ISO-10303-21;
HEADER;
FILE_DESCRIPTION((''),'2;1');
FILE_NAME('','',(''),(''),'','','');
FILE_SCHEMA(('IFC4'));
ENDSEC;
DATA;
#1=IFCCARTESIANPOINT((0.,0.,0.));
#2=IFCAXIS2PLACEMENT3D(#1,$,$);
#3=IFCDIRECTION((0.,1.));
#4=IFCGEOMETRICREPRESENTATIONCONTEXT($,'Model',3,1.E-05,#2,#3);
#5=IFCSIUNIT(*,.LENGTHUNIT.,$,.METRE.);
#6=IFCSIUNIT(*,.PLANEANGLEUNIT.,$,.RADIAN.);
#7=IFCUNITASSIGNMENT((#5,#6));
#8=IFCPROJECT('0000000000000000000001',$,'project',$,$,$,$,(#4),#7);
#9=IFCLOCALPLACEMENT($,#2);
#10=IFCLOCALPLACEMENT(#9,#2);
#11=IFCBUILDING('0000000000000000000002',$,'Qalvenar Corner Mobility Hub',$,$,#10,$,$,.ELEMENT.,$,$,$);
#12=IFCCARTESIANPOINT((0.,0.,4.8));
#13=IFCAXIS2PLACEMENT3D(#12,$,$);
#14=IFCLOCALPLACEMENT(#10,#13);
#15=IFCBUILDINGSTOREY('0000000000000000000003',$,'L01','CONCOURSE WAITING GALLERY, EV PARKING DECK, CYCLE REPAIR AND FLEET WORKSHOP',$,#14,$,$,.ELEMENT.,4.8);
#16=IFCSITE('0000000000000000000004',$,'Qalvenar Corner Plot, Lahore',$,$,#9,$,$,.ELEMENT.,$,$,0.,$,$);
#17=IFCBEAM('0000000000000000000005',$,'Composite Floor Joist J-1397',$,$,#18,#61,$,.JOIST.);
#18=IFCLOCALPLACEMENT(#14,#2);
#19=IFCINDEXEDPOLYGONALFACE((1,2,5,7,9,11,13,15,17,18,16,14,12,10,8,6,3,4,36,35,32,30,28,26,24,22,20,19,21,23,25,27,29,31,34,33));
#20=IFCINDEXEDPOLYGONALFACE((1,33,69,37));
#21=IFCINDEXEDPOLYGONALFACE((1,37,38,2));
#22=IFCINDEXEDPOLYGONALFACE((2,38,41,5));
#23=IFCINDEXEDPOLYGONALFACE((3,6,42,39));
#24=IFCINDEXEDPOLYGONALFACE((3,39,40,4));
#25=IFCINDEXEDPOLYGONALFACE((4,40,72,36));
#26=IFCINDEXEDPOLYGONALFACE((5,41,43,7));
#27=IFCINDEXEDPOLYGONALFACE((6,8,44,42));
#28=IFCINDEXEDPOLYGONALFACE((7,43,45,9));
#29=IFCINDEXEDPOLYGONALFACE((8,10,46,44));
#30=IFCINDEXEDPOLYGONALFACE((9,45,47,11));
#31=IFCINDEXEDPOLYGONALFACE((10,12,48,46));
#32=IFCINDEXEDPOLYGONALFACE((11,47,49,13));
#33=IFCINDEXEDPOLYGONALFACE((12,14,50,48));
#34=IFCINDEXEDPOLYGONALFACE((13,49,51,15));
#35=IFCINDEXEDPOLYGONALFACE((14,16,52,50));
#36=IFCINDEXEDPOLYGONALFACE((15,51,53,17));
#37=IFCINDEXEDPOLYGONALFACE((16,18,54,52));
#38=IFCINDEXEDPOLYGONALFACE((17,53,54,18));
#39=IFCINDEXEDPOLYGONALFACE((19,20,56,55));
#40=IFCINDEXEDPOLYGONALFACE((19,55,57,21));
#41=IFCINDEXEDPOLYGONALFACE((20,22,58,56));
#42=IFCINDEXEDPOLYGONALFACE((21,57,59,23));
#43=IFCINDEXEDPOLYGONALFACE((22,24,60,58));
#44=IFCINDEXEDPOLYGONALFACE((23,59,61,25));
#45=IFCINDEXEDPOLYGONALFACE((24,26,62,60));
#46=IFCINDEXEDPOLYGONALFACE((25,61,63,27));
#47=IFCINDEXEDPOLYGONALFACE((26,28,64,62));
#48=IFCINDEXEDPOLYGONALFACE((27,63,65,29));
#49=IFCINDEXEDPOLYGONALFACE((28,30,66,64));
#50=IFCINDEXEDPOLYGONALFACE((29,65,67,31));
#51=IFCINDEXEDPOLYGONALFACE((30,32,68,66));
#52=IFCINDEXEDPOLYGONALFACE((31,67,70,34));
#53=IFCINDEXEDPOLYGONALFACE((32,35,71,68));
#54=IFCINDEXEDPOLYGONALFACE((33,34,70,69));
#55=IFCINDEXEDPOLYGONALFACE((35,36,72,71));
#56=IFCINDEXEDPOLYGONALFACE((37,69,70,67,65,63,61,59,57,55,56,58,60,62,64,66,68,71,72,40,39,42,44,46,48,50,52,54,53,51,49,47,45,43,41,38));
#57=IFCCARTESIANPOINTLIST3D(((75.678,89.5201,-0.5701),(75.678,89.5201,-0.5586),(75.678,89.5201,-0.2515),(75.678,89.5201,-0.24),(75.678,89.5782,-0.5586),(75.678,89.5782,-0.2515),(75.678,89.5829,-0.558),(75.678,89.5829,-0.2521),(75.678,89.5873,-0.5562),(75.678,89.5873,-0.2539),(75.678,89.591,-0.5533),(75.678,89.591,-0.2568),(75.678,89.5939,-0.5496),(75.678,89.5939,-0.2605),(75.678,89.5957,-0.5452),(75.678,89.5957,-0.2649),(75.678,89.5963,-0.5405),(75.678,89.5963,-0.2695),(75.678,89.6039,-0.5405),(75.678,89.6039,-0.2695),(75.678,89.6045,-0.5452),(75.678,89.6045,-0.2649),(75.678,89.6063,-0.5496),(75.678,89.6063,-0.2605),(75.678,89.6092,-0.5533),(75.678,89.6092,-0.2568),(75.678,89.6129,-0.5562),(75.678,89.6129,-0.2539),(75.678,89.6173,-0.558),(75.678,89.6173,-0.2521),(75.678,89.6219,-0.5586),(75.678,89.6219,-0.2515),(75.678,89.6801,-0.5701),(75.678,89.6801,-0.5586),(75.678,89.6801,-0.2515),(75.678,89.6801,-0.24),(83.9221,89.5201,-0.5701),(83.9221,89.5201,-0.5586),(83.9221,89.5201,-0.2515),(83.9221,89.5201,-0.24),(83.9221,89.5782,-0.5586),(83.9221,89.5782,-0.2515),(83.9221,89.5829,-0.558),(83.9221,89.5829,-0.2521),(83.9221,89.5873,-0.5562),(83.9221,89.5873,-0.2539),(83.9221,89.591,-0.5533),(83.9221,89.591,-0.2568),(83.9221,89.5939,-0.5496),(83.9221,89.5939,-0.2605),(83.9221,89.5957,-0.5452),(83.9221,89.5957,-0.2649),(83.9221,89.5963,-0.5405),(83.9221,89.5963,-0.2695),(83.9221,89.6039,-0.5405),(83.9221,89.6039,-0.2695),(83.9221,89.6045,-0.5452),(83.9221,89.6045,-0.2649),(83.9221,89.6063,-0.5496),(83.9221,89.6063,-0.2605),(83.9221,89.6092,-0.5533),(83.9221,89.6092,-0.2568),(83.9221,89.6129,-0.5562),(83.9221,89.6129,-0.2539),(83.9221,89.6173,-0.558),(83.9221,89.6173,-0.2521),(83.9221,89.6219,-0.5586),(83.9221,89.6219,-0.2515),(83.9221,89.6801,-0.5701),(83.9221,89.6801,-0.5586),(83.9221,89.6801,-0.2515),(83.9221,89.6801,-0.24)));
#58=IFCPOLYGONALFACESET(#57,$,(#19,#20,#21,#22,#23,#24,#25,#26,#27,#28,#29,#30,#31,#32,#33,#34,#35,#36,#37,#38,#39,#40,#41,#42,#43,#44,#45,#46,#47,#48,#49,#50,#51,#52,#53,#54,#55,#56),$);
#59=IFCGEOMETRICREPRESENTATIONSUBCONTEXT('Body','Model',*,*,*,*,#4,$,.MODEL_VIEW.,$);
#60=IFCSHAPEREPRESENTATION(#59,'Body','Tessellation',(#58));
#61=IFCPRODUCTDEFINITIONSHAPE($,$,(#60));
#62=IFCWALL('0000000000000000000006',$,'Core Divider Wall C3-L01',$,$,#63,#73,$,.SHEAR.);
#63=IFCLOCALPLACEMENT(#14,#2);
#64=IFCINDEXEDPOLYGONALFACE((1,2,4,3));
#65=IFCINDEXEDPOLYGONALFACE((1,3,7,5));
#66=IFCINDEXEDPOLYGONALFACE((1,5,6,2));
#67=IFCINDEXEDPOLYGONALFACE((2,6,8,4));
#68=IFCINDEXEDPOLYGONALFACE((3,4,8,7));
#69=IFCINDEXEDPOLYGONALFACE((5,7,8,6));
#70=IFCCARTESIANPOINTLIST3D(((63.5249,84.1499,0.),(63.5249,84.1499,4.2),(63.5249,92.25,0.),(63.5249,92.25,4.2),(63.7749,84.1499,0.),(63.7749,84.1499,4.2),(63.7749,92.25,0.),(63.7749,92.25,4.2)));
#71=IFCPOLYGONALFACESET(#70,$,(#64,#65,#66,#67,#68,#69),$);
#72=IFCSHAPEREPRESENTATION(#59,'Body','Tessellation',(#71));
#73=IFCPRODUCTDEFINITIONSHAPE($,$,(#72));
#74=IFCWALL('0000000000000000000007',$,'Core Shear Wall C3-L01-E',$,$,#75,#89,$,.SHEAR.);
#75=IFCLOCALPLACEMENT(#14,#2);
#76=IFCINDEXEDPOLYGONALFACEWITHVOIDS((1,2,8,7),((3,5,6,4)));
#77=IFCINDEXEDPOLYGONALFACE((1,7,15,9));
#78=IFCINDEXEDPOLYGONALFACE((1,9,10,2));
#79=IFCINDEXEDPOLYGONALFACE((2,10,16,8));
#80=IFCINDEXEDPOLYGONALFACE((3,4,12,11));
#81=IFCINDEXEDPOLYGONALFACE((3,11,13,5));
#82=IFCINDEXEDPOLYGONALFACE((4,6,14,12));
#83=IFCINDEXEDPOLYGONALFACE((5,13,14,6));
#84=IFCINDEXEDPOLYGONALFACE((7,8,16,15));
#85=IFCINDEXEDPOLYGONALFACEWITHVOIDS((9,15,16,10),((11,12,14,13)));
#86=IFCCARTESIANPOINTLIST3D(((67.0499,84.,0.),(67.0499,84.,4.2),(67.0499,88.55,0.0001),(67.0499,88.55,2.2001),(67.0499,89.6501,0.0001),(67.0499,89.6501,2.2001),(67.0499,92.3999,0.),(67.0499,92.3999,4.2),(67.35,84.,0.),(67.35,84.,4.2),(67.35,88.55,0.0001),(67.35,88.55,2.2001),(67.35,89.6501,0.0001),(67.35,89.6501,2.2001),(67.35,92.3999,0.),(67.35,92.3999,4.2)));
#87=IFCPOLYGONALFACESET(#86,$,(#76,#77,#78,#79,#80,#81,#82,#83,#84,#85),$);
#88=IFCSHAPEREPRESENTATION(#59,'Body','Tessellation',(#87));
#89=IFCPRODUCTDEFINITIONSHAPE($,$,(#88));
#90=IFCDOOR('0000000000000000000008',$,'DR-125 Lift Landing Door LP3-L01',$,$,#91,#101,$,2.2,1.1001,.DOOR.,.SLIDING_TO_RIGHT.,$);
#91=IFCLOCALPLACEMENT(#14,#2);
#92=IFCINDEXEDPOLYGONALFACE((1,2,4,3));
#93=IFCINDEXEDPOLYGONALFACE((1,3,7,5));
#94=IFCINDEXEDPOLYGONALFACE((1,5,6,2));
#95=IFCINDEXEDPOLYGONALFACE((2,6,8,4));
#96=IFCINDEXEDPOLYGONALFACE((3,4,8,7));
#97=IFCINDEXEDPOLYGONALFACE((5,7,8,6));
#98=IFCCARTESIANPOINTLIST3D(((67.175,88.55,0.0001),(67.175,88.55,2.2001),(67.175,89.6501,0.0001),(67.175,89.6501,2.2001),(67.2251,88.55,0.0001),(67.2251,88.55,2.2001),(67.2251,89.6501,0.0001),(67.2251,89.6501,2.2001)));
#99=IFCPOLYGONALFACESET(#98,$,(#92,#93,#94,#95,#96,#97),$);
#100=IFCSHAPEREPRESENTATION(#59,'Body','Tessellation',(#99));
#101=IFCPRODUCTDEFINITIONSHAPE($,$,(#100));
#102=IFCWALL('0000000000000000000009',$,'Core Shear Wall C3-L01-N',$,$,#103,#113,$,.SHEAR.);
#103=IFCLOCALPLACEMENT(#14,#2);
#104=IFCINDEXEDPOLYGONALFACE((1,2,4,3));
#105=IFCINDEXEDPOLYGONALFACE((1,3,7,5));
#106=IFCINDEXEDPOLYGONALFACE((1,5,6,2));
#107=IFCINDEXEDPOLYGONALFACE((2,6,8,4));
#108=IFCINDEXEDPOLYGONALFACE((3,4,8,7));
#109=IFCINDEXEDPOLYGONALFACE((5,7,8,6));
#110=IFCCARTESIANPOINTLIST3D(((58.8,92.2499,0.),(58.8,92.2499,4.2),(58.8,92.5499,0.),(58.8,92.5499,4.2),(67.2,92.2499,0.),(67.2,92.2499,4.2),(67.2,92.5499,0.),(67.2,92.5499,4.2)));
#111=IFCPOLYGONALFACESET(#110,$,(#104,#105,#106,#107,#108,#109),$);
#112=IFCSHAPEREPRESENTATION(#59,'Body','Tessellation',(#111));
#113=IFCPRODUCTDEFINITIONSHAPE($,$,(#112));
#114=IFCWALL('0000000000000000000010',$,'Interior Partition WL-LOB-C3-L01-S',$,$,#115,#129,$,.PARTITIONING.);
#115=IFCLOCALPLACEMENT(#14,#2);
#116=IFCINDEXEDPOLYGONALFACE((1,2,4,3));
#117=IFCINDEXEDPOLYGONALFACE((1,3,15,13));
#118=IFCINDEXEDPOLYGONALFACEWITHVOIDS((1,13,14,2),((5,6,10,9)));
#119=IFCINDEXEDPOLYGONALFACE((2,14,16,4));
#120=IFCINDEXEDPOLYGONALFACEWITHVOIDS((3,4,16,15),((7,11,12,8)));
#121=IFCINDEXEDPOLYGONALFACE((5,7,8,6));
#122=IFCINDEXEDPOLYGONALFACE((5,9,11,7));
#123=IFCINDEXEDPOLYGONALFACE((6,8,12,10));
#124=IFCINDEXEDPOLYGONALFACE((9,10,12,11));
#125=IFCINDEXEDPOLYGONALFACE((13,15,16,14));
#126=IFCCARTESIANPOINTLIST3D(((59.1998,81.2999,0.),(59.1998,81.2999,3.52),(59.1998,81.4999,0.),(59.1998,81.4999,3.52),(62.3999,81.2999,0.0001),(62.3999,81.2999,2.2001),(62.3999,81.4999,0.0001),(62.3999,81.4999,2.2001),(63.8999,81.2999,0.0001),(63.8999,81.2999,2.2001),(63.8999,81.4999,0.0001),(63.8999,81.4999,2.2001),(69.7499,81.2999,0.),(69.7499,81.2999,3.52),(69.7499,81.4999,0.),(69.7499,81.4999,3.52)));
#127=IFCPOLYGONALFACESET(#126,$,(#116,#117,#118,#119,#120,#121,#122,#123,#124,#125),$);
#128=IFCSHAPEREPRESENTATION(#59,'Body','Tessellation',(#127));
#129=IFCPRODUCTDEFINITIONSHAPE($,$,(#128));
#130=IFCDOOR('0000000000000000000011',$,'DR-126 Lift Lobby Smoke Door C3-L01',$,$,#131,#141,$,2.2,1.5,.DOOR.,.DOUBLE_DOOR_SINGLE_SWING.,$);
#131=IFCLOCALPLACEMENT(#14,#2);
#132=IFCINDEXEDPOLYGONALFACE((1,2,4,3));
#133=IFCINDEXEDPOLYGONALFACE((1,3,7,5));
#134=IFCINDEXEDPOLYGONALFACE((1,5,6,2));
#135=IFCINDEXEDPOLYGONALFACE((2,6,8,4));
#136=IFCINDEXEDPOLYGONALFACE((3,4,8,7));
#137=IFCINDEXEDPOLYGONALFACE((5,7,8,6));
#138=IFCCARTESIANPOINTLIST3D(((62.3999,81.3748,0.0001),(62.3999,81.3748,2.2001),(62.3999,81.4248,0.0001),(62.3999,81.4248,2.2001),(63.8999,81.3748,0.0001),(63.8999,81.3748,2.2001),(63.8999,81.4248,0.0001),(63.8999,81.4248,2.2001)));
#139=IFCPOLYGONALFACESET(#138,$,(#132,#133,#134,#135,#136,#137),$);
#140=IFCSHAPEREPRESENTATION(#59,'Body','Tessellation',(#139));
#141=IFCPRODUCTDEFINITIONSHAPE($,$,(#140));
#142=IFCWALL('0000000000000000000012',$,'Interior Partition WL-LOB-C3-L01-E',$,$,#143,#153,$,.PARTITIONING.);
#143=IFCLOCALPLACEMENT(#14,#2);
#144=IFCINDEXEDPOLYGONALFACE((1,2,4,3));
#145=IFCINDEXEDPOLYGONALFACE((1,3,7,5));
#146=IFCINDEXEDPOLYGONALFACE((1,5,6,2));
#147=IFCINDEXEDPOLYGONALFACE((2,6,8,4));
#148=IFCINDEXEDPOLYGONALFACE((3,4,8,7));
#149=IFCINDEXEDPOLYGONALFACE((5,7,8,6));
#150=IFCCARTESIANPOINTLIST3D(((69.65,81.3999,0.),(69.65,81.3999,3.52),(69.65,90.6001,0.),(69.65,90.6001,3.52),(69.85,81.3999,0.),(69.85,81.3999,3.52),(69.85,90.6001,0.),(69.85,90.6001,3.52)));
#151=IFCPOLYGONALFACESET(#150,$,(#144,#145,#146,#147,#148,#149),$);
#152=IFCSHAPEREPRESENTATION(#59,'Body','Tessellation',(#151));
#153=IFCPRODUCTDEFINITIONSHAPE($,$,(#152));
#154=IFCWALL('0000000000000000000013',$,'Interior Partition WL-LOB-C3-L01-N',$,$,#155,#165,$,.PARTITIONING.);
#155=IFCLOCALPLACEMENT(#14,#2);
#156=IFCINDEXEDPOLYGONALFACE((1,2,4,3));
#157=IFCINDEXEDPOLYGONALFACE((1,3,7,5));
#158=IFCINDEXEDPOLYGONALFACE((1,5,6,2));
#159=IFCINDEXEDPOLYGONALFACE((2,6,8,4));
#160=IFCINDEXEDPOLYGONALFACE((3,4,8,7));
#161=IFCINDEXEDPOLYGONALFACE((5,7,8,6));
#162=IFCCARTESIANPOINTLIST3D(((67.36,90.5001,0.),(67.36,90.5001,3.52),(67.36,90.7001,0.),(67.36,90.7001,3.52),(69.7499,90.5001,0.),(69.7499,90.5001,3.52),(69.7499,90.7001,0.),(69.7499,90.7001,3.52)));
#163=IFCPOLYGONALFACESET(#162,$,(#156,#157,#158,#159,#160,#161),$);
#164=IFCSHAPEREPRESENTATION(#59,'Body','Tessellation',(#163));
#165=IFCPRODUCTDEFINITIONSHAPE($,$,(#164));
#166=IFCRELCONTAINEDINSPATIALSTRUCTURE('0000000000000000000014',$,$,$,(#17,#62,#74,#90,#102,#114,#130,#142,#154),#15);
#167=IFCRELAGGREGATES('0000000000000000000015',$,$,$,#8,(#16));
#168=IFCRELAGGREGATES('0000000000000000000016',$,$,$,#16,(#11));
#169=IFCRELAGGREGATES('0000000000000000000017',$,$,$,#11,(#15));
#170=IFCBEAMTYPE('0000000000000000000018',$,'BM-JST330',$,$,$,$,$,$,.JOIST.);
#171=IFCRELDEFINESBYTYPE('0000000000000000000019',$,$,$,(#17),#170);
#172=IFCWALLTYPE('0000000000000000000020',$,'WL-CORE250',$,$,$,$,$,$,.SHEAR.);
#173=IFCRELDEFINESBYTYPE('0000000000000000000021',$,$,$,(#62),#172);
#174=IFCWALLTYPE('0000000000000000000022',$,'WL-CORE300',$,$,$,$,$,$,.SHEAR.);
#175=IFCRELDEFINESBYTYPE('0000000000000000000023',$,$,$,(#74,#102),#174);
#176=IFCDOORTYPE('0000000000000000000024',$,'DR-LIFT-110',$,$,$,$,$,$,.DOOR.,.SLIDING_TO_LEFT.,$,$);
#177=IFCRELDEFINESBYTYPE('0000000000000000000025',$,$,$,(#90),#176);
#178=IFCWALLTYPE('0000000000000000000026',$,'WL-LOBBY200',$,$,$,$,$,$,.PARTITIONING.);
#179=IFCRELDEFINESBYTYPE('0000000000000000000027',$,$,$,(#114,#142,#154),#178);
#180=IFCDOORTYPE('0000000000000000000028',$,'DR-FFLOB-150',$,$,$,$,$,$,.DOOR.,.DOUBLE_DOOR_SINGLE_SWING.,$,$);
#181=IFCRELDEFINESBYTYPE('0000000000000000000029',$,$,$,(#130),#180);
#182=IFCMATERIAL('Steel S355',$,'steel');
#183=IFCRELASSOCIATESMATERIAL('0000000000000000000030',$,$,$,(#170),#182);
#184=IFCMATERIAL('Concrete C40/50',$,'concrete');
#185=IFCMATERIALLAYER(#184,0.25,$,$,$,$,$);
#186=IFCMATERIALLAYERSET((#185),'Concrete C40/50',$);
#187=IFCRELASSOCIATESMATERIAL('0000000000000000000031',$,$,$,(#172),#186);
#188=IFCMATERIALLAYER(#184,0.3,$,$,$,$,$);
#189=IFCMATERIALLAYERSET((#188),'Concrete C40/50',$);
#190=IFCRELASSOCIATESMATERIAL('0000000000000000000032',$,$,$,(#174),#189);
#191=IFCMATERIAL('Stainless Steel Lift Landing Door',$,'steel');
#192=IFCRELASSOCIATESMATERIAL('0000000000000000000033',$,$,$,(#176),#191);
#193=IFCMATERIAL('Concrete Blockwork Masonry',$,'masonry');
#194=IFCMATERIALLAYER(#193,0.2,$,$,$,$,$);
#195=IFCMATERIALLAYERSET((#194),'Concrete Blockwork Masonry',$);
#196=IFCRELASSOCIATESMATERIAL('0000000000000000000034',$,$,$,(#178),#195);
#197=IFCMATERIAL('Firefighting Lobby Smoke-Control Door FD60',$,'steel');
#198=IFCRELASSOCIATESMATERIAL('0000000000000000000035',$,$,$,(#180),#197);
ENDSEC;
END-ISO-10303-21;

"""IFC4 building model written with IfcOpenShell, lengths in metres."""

from ifc_helpers import new_model, si_unit, direction, frame, frame_2d, origin, origin_2d, place, context, subcontext, project, spatial, rectangle, i_section, extrude, material, layer, layer_set, material_profile, profile_set, type_object, element, fill, save


model = new_model("IFC4")

# Units and contexts
model_context = context("Model", 3, precision=1e-05, world=origin(), true_north=direction((0.0, 1.0)))
body_context = subcontext(model_context, "Body", "Model", "MODEL_VIEW")
ifc_project = project(units=[si_unit("LENGTHUNIT", "METRE"), si_unit("PLANEANGLEUNIT", "RADIAN")], contexts=[model_context])

# Site, building, storey
site_placement = place(None, origin())
site = spatial("IfcSite", under=ifc_project, at=site_placement, Name="Qalvenar Corner Plot, Lahore", CompositionType="ELEMENT", RefElevation=0.0)
building_placement = place(site_placement, origin())
building = spatial("IfcBuilding", under=site, at=building_placement, Name="Qalvenar Corner Mobility Hub", CompositionType="ELEMENT")
storey_placement = place(building_placement, frame((0.0, 0.0, 4.8)))
storey = spatial("IfcBuildingStorey", under=building, at=storey_placement, Name="L01", Description="CONCOURSE WAITING GALLERY, EV PARKING DECK, CYCLE REPAIR AND FLEET WORKSHOP", CompositionType="ELEMENT", Elevation=4.8)

# Shared definitions
ifc_material_1 = material(Name="Steel S355", Category="steel")

# Beam
ifc_material_profile_1 = material_profile(ifc_material_1, i_section(OverallWidth=0.1599, OverallDepth=0.3301, WebThickness=0.0076, FlangeThickness=0.0115, FilletRadius=0.0181, at=origin_2d()), Name="IPE330")
ifc_profile_set_1 = profile_set([ifc_material_profile_1], Name="Steel S355")
beam_type_1 = type_object("IfcBeamType", Name="BM-JST330", PredefinedType="JOIST", material=ifc_profile_set_1)
for number, where, z_axis, x_axis, name in (
    (1, (75.678, 89.6001, -0.405), (1.0, 0.0, 0.0), (0.0, 1.0, 0.0), "Composite Floor Joist J-1397"),
):
    element("IfcBeam", number, at=place(storey_placement, frame(where, z_axis=z_axis, x_axis=x_axis)), inside=storey, type_object=beam_type_1, Name=name, PredefinedType="JOIST", context=body_context, shape_type="SweptSolid", body=[
        extrude(i_section(OverallWidth=0.1599, OverallDepth=0.3301, WebThickness=0.0076, FlangeThickness=0.0115, FilletRadius=0.0181, at=origin_2d()), origin(), (0.0, 0.0, 1.0), 8.2441),
    ])

# Wall
ifc_material_2 = material(Name="Concrete C40/50", Category="concrete")
ifc_layer_1 = layer(ifc_material_2, 0.25)
ifc_layer_set_1 = layer_set([ifc_layer_1], Name="Concrete C40/50")
wall_type_1 = type_object("IfcWallType", Name="WL-CORE250", PredefinedType="SHEAR", material=ifc_layer_set_1)
wall_1_placement = place(storey_placement, frame((63.6499, 84.1499, 0.0), z_axis=(0.0, 0.0, 1.0), x_axis=(0.0, 1.0, 0.0)))
element("IfcWall", 2, at=wall_1_placement, inside=storey, type_object=wall_type_1, Name="Core Divider Wall C3-L01", PredefinedType="SHEAR", context=body_context, shape_type="SweptSolid", body=[
    extrude(rectangle(XDim=8.1001, YDim=0.25, at=frame_2d((4.05, 0.0))), origin(), (0.0, 0.0, 1.0), 4.2),
])

# Wall, opening, door
ifc_layer_2 = layer(ifc_material_2, 0.3)
ifc_layer_set_2 = layer_set([ifc_layer_2], Name="Concrete C40/50")
wall_type_2 = type_object("IfcWallType", Name="WL-CORE300", PredefinedType="SHEAR", material=ifc_layer_set_2)
wall_2_placement = place(storey_placement, frame((67.2, 84.0, 0.0), z_axis=(0.0, 0.0, 1.0), x_axis=(0.0, 1.0, 0.0)))
wall_2 = element("IfcWall", 3, at=wall_2_placement, inside=storey, type_object=wall_type_2, Name="Core Shear Wall C3-L01-E", PredefinedType="SHEAR", context=body_context, shape_type="SweptSolid", body=[
    extrude(rectangle(XDim=8.3999, YDim=0.3, at=frame_2d((4.2, 0.0))), origin(), (0.0, 0.0, 1.0), 4.2),
])
opening_1_placement = place(wall_2_placement, frame((4.55, 0.0, 0.0)))
opening_1 = element("IfcOpeningElement", 4, at=opening_1_placement, cuts=wall_2, PredefinedType="OPENING", context=body_context, shape_type="SweptSolid", body=[
    extrude(rectangle(XDim=1.1001, YDim=2.2, at=frame_2d((0.55, 1.1001))), frame((0.0, 0.1602, 0.0), z_axis=(0.0, -1.0, 0.0), x_axis=(1.0, 0.0, 0.0)), (0.0, 0.0, 1.0), 0.3201),
])
ifc_material_3 = material(Name="Stainless Steel Lift Landing Door", Category="steel")
door_type_1 = type_object("IfcDoorType", Name="DR-LIFT-110", OperationType="SLIDING_TO_LEFT", PredefinedType="DOOR", material=ifc_material_3)
door_1_placement = place(opening_1_placement, origin())
door_1 = element("IfcDoor", 5, at=door_1_placement, inside=storey, type_object=door_type_1, Name="DR-125 Lift Landing Door LP3-L01", OperationType="SLIDING_TO_RIGHT", OverallHeight=2.2, OverallWidth=1.1001, PredefinedType="DOOR", context=body_context, shape_type="SweptSolid", body=[
    extrude(rectangle(XDim=1.1001, YDim=2.2, at=frame_2d((0.55, 1.1001))), frame((0.0, 0.0249, 0.0), z_axis=(0.0, -1.0, 0.0), x_axis=(1.0, 0.0, 0.0)), (0.0, 0.0, 1.0), 0.05),
])
fill(opening_1, door_1)

# Wall
wall_3_placement = place(storey_placement, frame((67.2, 92.3999, 0.0), z_axis=(0.0, 0.0, 1.0), x_axis=(-1.0, 0.0, 0.0)))
element("IfcWall", 6, at=wall_3_placement, inside=storey, type_object=wall_type_2, Name="Core Shear Wall C3-L01-N", PredefinedType="SHEAR", context=body_context, shape_type="SweptSolid", body=[
    extrude(rectangle(XDim=8.3999, YDim=0.3, at=frame_2d((4.2, 0.0))), origin(), (0.0, 0.0, 1.0), 4.2),
])

# Wall, opening, door
ifc_material_4 = material(Name="Concrete Blockwork Masonry", Category="masonry")
ifc_layer_3 = layer(ifc_material_4, 0.2)
ifc_layer_set_3 = layer_set([ifc_layer_3], Name="Concrete Blockwork Masonry")
wall_type_3 = type_object("IfcWallType", Name="WL-LOBBY200", PredefinedType="PARTITIONING", material=ifc_layer_set_3)
wall_4_placement = place(storey_placement, frame((59.2, 81.3999, 0.0), z_axis=(0.0, 0.0, 1.0), x_axis=(1.0, 0.0, 0.0)))
wall_4 = element("IfcWall", 7, at=wall_4_placement, inside=storey, type_object=wall_type_3, Name="Interior Partition WL-LOB-C3-L01-S", PredefinedType="PARTITIONING", context=body_context, shape_type="SweptSolid", body=[
    extrude(rectangle(XDim=10.55, YDim=0.2, at=frame_2d((5.2749, 0.0))), origin(), (0.0, 0.0, 1.0), 3.52),
])
opening_2_placement = place(wall_4_placement, frame((3.2, 0.0, 0.0)))
opening_2 = element("IfcOpeningElement", 8, at=opening_2_placement, cuts=wall_4, PredefinedType="OPENING", context=body_context, shape_type="SweptSolid", body=[
    extrude(rectangle(XDim=1.5, YDim=2.2, at=frame_2d((0.75, 1.1001))), frame((0.0, 0.1099, 0.0), z_axis=(0.0, -1.0, 0.0), x_axis=(1.0, 0.0, 0.0)), (0.0, 0.0, 1.0), 0.22),
])
ifc_material_5 = material(Name="Firefighting Lobby Smoke-Control Door FD60", Category="steel")
door_type_2 = type_object("IfcDoorType", Name="DR-FFLOB-150", OperationType="DOUBLE_DOOR_SINGLE_SWING", PredefinedType="DOOR", material=ifc_material_5)
door_2_placement = place(opening_2_placement, origin())
door_2 = element("IfcDoor", 9, at=door_2_placement, inside=storey, type_object=door_type_2, Name="DR-126 Lift Lobby Smoke Door C3-L01", OperationType="DOUBLE_DOOR_SINGLE_SWING", OverallHeight=2.2, OverallWidth=1.5, PredefinedType="DOOR", context=body_context, shape_type="SweptSolid", body=[
    extrude(rectangle(XDim=1.5, YDim=2.2, at=frame_2d((0.75, 1.1001))), frame((0.0, 0.0249, 0.0), z_axis=(0.0, -1.0, 0.0), x_axis=(1.0, 0.0, 0.0)), (0.0, 0.0, 1.0), 0.05),
])
fill(opening_2, door_2)

# Walls
wall_5_placement = place(storey_placement, frame((69.75, 81.3999, 0.0), z_axis=(0.0, 0.0, 1.0), x_axis=(0.0, 1.0, 0.0)))
element("IfcWall", 10, at=wall_5_placement, inside=storey, type_object=wall_type_3, Name="Interior Partition WL-LOB-C3-L01-E", PredefinedType="PARTITIONING", context=body_context, shape_type="SweptSolid", body=[
    extrude(rectangle(XDim=9.2002, YDim=0.2, at=frame_2d((4.6001, 0.0))), origin(), (0.0, 0.0, 1.0), 3.52),
])
wall_6_placement = place(storey_placement, frame((67.3601, 90.6001, 0.0), z_axis=(0.0, 0.0, 1.0), x_axis=(1.0, 0.0, 0.0)))
element("IfcWall", 11, at=wall_6_placement, inside=storey, type_object=wall_type_3, Name="Interior Partition WL-LOB-C3-L01-N", PredefinedType="PARTITIONING", context=body_context, shape_type="SweptSolid", body=[
    extrude(rectangle(XDim=2.3899, YDim=0.2, at=frame_2d((1.1948, 0.0))), origin(), (0.0, 0.0, 1.0), 3.52),
])

save(model, "model.ifc")
